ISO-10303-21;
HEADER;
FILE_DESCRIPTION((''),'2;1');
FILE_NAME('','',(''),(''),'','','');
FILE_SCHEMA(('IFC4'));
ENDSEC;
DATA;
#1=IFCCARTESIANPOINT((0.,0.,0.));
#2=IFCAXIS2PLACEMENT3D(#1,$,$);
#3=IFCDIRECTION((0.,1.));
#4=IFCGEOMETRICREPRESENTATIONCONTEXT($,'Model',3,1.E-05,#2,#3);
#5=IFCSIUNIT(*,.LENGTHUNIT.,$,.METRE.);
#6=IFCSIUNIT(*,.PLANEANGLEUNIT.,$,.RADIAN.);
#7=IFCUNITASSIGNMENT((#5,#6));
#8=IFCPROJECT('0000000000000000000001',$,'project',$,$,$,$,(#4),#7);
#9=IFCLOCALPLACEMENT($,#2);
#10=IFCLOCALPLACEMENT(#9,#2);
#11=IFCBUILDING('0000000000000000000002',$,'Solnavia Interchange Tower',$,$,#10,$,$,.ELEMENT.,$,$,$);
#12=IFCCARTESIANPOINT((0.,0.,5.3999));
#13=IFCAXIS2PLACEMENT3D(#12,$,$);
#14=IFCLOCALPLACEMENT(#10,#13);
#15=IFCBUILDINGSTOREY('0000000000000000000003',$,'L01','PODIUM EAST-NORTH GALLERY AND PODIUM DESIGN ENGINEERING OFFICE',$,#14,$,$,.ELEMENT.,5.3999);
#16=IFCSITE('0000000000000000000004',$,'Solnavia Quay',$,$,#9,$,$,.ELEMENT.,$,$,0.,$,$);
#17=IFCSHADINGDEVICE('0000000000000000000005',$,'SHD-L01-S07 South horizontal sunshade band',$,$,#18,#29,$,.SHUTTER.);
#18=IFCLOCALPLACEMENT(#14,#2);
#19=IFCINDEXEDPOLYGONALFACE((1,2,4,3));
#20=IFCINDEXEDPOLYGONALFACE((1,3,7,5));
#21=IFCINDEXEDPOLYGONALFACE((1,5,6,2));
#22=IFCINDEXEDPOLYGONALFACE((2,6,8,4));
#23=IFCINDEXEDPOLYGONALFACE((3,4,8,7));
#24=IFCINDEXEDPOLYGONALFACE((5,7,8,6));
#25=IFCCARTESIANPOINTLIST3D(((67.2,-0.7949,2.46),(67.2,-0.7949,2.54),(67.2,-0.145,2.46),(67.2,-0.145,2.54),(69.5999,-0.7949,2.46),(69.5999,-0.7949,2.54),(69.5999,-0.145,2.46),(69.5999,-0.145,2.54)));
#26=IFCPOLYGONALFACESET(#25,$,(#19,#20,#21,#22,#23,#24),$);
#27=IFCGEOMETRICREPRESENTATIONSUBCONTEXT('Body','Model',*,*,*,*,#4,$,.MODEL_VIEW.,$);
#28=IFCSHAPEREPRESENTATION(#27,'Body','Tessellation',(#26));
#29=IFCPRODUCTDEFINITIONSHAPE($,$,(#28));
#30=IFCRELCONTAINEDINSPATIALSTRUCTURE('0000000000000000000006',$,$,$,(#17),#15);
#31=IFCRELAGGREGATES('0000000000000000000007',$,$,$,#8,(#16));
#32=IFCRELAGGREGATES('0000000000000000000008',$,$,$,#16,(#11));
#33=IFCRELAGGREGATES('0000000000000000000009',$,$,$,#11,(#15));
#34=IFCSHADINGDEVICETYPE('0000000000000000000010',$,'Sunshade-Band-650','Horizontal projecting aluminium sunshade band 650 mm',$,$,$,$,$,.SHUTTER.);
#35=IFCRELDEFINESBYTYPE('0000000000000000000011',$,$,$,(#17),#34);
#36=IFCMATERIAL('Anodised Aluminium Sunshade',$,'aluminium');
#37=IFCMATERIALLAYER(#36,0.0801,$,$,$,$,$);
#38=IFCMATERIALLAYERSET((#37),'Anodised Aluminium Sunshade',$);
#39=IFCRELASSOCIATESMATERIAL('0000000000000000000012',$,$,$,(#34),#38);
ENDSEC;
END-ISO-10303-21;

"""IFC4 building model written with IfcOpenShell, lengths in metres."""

from ifc_helpers import new_model, si_unit, direction, frame, origin, origin_2d, place, context, subcontext, project, spatial, rectangle, extrude, material, layer, layer_set, type_object, element, save


model = new_model("IFC4")

# Units and contexts
model_context = context("Model", 3, precision=1e-05, world=origin(), true_north=direction((0.0, 1.0)))
body_context = subcontext(model_context, "Body", "Model", "MODEL_VIEW")
ifc_project = project(units=[si_unit("LENGTHUNIT", "METRE"), si_unit("PLANEANGLEUNIT", "RADIAN")], contexts=[model_context])

# Site, building, storey
site_placement = place(None, origin())
site = spatial("IfcSite", under=ifc_project, at=site_placement, Name="Solnavia Quay", CompositionType="ELEMENT", RefElevation=0.0)
building_placement = place(site_placement, origin())
building = spatial("IfcBuilding", under=site, at=building_placement, Name="Solnavia Interchange Tower", CompositionType="ELEMENT")
storey_placement = place(building_placement, frame((0.0, 0.0, 5.3999)))
storey = spatial("IfcBuildingStorey", under=building, at=storey_placement, Name="L01", Description="PODIUM EAST-NORTH GALLERY AND PODIUM DESIGN ENGINEERING OFFICE", CompositionType="ELEMENT", Elevation=5.3999)

# Shading device
ifc_material_1 = material(Name="Anodised Aluminium Sunshade", Category="aluminium")
ifc_layer_1 = layer(ifc_material_1, 0.0801)
ifc_layer_set_1 = layer_set([ifc_layer_1], Name="Anodised Aluminium Sunshade")
shading_device_type = type_object("IfcShadingDeviceType", Name="Sunshade-Band-650", Description="Horizontal projecting aluminium sunshade band 650 mm", PredefinedType="SHUTTER", material=ifc_layer_set_1)
shading_device_placement = place(storey_placement, frame((68.3999, -0.47, 2.46), z_axis=(0.0, 0.0, 1.0), x_axis=(1.0, 0.0, 0.0)))
element("IfcShadingDevice", 1, at=shading_device_placement, inside=storey, type_object=shading_device_type, Name="SHD-L01-S07 South horizontal sunshade band", PredefinedType="SHUTTER", context=body_context, shape_type="SweptSolid", body=[
    extrude(rectangle(XDim=2.3999, YDim=0.6499, at=origin_2d()), origin(), (0.0, 0.0, 1.0), 0.0801),
])

save(model, "model.ifc")
